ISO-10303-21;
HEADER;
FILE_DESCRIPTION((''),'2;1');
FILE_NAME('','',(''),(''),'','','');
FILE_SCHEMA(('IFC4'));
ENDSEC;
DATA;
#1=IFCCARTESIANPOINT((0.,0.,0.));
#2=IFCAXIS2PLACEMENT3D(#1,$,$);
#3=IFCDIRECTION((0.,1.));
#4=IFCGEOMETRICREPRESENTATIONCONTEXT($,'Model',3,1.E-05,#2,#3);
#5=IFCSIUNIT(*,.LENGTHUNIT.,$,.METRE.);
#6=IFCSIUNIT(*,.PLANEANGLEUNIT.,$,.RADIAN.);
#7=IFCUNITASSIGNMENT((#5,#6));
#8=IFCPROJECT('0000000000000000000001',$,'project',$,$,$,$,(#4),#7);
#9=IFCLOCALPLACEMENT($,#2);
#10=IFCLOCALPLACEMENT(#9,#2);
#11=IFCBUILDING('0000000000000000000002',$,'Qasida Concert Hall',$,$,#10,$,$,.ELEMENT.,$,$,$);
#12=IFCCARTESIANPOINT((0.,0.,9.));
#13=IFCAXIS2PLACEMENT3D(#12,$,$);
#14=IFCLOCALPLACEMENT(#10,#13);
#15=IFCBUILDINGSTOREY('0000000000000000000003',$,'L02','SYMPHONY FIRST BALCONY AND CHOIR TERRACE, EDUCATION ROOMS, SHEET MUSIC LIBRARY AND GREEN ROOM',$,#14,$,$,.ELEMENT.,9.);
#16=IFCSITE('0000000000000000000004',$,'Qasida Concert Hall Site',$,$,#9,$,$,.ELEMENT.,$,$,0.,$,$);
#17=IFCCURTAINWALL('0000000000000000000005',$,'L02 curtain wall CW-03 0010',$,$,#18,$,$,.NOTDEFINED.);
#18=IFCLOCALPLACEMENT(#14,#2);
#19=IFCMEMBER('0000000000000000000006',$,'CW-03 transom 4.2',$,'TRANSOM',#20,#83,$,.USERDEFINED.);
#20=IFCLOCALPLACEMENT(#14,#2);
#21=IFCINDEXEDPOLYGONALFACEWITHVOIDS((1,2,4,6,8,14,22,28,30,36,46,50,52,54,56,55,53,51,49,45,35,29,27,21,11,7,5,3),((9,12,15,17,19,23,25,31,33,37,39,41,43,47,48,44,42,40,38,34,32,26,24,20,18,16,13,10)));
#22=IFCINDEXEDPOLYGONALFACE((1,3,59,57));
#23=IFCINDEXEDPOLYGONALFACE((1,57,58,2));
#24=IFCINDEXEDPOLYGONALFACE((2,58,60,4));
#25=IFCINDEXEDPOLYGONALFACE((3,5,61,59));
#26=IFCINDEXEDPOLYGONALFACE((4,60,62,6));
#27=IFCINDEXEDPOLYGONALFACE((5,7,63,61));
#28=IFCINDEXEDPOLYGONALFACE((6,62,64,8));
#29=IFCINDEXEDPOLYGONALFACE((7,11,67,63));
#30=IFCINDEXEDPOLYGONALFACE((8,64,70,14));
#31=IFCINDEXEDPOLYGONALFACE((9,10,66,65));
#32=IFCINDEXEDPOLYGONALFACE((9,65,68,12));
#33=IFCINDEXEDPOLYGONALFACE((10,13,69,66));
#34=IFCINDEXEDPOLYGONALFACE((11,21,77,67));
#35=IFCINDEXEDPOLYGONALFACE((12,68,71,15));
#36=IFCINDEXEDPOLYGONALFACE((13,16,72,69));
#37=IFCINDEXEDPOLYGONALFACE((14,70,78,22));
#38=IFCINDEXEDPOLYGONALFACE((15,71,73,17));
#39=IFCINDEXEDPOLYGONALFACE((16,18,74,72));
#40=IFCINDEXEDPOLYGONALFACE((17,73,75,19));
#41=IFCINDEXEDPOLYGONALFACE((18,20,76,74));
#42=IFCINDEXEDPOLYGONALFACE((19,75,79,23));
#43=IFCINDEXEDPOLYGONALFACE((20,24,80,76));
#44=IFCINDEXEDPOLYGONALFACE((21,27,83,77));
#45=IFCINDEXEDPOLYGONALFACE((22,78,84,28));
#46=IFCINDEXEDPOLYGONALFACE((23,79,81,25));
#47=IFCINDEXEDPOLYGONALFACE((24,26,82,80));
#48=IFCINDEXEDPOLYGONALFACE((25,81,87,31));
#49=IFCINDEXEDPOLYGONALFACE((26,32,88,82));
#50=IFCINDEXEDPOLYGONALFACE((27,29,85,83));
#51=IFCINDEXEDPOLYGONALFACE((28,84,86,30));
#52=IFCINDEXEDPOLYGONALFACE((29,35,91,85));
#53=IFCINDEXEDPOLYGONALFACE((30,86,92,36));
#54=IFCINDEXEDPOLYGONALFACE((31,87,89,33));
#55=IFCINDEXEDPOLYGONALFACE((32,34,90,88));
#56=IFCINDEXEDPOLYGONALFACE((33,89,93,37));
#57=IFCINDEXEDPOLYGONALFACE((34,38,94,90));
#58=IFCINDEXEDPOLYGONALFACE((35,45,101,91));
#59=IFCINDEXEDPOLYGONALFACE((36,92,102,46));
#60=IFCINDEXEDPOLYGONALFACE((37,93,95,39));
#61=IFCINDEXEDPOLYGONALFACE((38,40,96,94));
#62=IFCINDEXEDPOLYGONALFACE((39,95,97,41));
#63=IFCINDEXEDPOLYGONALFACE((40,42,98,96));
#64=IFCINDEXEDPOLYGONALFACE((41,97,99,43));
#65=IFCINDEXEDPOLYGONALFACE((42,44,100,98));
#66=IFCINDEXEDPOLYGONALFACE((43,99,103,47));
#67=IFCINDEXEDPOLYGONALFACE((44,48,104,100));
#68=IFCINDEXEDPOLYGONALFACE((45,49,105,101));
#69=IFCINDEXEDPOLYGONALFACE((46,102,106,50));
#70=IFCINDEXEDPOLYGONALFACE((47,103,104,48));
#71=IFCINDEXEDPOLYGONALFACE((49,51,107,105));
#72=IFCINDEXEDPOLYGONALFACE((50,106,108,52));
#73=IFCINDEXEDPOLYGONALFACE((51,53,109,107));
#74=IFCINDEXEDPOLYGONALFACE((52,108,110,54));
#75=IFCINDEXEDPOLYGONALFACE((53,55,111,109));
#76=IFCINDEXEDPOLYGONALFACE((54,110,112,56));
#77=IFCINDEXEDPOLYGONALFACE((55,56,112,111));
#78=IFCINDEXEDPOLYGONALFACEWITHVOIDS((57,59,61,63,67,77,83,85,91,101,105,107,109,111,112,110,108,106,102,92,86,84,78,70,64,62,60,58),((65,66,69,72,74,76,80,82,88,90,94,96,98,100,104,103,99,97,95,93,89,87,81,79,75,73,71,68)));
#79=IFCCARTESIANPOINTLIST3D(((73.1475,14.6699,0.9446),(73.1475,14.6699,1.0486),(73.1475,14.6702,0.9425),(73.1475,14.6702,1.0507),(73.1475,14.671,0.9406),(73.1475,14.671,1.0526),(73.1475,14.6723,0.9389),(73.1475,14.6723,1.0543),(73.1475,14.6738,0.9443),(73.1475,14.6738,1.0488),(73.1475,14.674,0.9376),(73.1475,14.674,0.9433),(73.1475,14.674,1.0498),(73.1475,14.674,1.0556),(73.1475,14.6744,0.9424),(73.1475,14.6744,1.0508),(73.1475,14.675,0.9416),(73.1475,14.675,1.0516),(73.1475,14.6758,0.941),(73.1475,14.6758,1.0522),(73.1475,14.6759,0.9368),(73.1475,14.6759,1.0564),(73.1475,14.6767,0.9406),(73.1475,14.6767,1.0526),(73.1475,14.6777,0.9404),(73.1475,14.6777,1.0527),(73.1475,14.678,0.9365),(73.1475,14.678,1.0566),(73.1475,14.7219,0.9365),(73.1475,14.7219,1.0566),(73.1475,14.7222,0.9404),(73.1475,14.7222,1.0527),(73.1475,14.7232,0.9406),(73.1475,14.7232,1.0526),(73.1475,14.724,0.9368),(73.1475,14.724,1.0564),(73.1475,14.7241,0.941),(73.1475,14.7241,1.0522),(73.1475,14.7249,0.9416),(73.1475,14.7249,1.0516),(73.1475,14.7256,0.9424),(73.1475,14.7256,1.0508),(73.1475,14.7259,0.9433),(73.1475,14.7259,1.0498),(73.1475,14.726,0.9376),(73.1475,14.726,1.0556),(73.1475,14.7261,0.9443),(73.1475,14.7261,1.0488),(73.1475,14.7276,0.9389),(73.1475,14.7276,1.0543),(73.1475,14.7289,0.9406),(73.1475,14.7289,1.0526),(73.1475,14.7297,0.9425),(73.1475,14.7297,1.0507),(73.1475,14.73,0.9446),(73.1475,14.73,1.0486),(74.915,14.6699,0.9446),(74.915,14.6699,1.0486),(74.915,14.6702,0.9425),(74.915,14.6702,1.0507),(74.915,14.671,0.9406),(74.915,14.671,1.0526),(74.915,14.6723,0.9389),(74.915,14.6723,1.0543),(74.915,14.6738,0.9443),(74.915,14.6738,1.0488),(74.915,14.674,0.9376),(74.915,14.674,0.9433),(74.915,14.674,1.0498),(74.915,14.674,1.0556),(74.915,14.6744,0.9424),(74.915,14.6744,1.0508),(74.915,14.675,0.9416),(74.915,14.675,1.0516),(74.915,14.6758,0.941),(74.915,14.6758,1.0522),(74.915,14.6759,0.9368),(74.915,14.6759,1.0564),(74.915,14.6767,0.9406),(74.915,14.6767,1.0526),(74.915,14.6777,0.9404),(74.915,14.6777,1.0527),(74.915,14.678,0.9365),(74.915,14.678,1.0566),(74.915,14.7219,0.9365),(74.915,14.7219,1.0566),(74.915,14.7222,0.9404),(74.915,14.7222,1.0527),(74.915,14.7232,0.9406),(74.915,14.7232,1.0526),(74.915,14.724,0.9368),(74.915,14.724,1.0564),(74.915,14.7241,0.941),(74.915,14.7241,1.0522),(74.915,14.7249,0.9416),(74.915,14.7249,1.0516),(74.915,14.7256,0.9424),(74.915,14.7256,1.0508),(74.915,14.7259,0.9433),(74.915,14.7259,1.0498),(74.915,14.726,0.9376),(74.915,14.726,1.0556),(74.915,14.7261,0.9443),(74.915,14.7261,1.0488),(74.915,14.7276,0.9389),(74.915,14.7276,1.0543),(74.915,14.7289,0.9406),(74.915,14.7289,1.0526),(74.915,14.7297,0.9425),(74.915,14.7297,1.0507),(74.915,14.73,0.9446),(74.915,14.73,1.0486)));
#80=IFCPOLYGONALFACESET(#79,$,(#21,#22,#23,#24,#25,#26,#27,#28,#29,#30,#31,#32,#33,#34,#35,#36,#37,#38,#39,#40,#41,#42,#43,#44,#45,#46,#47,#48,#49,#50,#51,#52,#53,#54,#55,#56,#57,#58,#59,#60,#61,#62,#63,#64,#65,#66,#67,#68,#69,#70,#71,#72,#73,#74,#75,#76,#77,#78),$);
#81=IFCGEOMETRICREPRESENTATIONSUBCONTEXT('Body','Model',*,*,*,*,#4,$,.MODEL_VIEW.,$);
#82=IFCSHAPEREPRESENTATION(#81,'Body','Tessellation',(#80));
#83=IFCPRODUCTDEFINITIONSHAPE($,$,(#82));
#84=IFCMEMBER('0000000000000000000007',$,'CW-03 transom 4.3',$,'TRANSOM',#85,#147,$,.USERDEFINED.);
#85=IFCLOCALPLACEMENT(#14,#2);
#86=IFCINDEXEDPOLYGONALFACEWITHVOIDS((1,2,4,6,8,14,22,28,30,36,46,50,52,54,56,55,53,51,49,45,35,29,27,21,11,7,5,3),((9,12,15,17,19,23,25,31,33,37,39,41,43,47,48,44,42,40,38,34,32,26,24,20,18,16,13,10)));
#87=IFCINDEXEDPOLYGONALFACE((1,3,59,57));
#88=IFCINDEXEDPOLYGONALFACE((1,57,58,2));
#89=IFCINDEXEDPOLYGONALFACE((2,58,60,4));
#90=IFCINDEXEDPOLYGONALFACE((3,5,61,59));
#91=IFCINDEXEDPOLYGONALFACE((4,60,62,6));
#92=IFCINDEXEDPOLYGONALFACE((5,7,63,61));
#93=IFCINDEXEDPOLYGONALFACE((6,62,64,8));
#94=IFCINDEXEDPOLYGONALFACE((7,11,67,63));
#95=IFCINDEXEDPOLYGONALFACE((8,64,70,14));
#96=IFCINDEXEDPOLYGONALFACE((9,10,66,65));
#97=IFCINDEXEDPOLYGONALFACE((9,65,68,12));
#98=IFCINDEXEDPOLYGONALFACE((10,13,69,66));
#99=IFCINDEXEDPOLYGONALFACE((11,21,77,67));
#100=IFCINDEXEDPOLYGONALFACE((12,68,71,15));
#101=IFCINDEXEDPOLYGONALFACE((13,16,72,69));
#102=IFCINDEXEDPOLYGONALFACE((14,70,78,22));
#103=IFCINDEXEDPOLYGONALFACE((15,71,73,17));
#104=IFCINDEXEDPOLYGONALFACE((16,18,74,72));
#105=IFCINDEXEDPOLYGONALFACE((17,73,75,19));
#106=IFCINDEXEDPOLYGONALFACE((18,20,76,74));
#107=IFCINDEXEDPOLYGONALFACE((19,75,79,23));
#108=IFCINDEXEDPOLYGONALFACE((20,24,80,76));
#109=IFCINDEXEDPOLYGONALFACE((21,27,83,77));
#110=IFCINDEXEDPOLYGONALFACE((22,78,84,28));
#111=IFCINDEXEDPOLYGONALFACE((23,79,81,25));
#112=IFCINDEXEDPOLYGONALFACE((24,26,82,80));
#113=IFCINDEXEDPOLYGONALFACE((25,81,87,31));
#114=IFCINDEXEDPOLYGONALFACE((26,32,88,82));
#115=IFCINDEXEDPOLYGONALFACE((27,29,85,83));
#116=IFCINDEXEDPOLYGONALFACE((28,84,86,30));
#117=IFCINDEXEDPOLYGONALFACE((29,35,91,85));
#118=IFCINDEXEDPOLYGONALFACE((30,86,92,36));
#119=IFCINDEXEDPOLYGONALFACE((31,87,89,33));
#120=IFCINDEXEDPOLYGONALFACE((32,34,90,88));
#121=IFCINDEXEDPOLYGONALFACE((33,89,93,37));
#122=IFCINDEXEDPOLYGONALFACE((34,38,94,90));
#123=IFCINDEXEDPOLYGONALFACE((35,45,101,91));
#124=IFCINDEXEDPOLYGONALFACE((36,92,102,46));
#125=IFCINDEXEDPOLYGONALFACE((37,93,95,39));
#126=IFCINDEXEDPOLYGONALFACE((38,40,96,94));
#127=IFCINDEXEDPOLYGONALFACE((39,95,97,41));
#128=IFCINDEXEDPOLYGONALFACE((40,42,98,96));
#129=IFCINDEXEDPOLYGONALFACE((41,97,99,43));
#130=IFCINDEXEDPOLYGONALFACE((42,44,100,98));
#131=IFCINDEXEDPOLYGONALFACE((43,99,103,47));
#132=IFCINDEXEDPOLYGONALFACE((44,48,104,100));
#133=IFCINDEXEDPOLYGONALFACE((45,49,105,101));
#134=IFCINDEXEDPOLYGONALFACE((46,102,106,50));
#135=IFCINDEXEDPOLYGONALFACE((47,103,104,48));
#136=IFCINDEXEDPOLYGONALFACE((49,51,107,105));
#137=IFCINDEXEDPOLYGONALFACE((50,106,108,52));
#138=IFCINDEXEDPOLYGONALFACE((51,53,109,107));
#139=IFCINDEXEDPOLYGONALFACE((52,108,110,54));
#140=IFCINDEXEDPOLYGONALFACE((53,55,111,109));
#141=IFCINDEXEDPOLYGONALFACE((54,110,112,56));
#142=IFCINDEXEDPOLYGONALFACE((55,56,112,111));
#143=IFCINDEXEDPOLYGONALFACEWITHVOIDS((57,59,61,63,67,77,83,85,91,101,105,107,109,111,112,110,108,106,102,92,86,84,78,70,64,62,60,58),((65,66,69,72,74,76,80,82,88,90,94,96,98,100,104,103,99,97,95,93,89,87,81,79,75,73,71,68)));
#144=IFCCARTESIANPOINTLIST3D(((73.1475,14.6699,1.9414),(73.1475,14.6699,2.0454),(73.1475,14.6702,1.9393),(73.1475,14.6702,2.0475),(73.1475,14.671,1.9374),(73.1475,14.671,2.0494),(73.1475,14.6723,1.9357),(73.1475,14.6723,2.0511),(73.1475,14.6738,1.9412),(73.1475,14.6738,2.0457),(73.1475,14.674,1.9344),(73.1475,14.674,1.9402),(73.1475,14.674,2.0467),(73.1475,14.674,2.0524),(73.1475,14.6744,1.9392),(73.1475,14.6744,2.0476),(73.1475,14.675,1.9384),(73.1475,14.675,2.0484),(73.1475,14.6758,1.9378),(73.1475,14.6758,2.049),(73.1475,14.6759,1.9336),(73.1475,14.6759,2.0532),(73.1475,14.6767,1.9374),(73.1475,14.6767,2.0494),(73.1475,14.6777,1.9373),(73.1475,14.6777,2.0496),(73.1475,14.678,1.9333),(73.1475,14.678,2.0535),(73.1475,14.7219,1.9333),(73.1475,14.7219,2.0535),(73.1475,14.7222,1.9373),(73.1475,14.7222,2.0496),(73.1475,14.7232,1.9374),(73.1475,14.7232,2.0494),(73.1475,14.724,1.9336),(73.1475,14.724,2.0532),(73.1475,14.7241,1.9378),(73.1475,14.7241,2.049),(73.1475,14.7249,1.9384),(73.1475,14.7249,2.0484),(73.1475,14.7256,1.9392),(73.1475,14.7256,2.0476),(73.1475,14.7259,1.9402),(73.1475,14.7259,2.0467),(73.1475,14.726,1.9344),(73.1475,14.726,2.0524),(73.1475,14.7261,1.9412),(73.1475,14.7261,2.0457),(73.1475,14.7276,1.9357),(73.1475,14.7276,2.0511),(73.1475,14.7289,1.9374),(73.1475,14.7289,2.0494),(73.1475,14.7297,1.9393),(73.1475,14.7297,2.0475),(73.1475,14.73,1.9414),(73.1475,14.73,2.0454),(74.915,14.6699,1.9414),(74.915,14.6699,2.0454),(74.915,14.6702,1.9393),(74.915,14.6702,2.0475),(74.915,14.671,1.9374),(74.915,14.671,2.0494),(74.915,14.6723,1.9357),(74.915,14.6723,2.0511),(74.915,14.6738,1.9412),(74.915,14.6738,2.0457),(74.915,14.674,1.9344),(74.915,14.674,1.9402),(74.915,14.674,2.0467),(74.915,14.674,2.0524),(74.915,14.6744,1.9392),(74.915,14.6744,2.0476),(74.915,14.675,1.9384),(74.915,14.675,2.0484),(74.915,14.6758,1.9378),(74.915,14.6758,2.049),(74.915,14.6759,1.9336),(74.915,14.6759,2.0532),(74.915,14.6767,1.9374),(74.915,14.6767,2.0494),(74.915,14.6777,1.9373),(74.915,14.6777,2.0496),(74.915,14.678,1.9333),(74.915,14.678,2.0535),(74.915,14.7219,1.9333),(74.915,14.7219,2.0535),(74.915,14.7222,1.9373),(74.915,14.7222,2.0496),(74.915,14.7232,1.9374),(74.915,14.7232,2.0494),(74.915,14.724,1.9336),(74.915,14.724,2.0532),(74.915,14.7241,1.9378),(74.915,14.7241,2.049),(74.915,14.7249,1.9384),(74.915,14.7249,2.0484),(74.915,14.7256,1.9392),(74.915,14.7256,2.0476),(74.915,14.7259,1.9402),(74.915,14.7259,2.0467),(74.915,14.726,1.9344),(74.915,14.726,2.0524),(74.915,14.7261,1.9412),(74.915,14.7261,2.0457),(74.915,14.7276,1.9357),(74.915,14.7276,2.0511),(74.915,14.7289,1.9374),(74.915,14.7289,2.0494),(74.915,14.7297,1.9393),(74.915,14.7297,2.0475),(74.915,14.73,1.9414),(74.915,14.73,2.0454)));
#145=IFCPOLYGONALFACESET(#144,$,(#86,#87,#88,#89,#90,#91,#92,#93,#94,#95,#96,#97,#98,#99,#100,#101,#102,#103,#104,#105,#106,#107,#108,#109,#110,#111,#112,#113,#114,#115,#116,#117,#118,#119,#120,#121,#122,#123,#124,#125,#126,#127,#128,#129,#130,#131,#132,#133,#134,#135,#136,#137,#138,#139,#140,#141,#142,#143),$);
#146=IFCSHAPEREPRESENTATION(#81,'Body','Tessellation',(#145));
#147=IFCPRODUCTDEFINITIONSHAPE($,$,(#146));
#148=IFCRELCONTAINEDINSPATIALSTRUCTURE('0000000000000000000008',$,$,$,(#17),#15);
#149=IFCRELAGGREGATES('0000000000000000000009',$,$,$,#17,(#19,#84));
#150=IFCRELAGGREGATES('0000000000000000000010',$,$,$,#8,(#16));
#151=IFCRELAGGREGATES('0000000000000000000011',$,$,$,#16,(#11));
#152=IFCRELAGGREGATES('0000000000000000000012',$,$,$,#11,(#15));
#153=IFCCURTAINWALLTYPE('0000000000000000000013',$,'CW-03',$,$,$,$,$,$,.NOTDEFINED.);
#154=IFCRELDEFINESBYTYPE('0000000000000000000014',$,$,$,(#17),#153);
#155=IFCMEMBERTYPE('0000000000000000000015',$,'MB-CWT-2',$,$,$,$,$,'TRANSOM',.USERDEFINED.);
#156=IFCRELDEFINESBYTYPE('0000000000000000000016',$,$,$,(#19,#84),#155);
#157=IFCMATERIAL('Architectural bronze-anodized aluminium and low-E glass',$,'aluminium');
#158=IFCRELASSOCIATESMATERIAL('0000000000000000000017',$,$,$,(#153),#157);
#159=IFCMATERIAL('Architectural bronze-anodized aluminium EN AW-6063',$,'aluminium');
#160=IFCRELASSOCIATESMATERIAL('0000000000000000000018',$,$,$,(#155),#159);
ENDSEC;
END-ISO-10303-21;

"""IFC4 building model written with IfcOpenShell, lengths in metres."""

from ifc_helpers import new_model, si_unit, direction, frame, origin, origin_2d, place, context, subcontext, project, spatial, hollow_rectangle, extrude, material, material_profile, profile_set, type_object, element, aggregate, save


model = new_model("IFC4")

# Units and contexts
model_context = context("Model", 3, precision=1e-05, world=origin(), true_north=direction((0.0, 1.0)))
body_context = subcontext(model_context, "Body", "Model", "MODEL_VIEW")
ifc_project = project(units=[si_unit("LENGTHUNIT", "METRE"), si_unit("PLANEANGLEUNIT", "RADIAN")], contexts=[model_context])

# Site, building, storey
site_placement = place(None, origin())
site = spatial("IfcSite", under=ifc_project, at=site_placement, Name="Qasida Concert Hall Site", CompositionType="ELEMENT", RefElevation=0.0)
building_placement = place(site_placement, origin())
building = spatial("IfcBuilding", under=site, at=building_placement, Name="Qasida Concert Hall", CompositionType="ELEMENT")
storey_placement = place(building_placement, frame((0.0, 0.0, 9.0)))
storey = spatial("IfcBuildingStorey", under=building, at=storey_placement, Name="L02", Description="SYMPHONY FIRST BALCONY AND CHOIR TERRACE, EDUCATION ROOMS, SHEET MUSIC LIBRARY AND GREEN ROOM", CompositionType="ELEMENT", Elevation=9.0)

# Curtain wall, members
ifc_material_1 = material(Name="Architectural bronze-anodized aluminium and low-E glass", Category="aluminium")
curtain_wall_type = type_object("IfcCurtainWallType", Name="CW-03", PredefinedType="NOTDEFINED", material=ifc_material_1)
curtain_wall_placement = place(storey_placement, origin())
curtain_wall = element("IfcCurtainWall", 1, at=curtain_wall_placement, inside=storey, type_object=curtain_wall_type, Name="L02 curtain wall CW-03 0010", PredefinedType="NOTDEFINED")
ifc_material_2 = material(Name="Architectural bronze-anodized aluminium EN AW-6063", Category="aluminium")
ifc_material_profile_1 = material_profile(ifc_material_2, hollow_rectangle(XDim=0.0601, YDim=0.1201, WallThickness=0.0039, InnerFilletRadius=0.0039, OuterFilletRadius=0.0081, at=origin_2d()), Name="CWT 120x60x4")
ifc_profile_set_1 = profile_set([ifc_material_profile_1], Name="Architectural bronze-anodized aluminium EN AW-6063")
member_type_1 = type_object("IfcMemberType", Name="MB-CWT-2", ElementType="TRANSOM", PredefinedType="USERDEFINED", material=ifc_profile_set_1)
member_1_placement = place(storey_placement, frame((73.1475, 14.7, 0.9966), z_axis=(1.0, 0.0, 0.0), x_axis=(0.0, 1.0, 0.0)))
member_1 = element("IfcMember", 2, at=member_1_placement, type_object=member_type_1, Name="CW-03 transom 4.2", ObjectType="TRANSOM", PredefinedType="USERDEFINED", context=body_context, shape_type="SweptSolid", body=[
    extrude(hollow_rectangle(XDim=0.0601, YDim=0.1201, WallThickness=0.0039, InnerFilletRadius=0.0039, OuterFilletRadius=0.0081, at=origin_2d()), origin(), (0.0, 0.0, 1.0), 1.7676),
])
member_2_placement = place(storey_placement, frame((73.1475, 14.7, 1.9934), z_axis=(1.0, 0.0, 0.0), x_axis=(0.0, 1.0, 0.0)))
member_2 = element("IfcMember", 3, at=member_2_placement, type_object=member_type_1, Name="CW-03 transom 4.3", ObjectType="TRANSOM", PredefinedType="USERDEFINED", context=body_context, shape_type="SweptSolid", body=[
    extrude(hollow_rectangle(XDim=0.0601, YDim=0.1201, WallThickness=0.0039, InnerFilletRadius=0.0039, OuterFilletRadius=0.0081, at=origin_2d()), origin(), (0.0, 0.0, 1.0), 1.7676),
])
aggregate(curtain_wall, [member_1, member_2])

save(model, "model.ifc")
